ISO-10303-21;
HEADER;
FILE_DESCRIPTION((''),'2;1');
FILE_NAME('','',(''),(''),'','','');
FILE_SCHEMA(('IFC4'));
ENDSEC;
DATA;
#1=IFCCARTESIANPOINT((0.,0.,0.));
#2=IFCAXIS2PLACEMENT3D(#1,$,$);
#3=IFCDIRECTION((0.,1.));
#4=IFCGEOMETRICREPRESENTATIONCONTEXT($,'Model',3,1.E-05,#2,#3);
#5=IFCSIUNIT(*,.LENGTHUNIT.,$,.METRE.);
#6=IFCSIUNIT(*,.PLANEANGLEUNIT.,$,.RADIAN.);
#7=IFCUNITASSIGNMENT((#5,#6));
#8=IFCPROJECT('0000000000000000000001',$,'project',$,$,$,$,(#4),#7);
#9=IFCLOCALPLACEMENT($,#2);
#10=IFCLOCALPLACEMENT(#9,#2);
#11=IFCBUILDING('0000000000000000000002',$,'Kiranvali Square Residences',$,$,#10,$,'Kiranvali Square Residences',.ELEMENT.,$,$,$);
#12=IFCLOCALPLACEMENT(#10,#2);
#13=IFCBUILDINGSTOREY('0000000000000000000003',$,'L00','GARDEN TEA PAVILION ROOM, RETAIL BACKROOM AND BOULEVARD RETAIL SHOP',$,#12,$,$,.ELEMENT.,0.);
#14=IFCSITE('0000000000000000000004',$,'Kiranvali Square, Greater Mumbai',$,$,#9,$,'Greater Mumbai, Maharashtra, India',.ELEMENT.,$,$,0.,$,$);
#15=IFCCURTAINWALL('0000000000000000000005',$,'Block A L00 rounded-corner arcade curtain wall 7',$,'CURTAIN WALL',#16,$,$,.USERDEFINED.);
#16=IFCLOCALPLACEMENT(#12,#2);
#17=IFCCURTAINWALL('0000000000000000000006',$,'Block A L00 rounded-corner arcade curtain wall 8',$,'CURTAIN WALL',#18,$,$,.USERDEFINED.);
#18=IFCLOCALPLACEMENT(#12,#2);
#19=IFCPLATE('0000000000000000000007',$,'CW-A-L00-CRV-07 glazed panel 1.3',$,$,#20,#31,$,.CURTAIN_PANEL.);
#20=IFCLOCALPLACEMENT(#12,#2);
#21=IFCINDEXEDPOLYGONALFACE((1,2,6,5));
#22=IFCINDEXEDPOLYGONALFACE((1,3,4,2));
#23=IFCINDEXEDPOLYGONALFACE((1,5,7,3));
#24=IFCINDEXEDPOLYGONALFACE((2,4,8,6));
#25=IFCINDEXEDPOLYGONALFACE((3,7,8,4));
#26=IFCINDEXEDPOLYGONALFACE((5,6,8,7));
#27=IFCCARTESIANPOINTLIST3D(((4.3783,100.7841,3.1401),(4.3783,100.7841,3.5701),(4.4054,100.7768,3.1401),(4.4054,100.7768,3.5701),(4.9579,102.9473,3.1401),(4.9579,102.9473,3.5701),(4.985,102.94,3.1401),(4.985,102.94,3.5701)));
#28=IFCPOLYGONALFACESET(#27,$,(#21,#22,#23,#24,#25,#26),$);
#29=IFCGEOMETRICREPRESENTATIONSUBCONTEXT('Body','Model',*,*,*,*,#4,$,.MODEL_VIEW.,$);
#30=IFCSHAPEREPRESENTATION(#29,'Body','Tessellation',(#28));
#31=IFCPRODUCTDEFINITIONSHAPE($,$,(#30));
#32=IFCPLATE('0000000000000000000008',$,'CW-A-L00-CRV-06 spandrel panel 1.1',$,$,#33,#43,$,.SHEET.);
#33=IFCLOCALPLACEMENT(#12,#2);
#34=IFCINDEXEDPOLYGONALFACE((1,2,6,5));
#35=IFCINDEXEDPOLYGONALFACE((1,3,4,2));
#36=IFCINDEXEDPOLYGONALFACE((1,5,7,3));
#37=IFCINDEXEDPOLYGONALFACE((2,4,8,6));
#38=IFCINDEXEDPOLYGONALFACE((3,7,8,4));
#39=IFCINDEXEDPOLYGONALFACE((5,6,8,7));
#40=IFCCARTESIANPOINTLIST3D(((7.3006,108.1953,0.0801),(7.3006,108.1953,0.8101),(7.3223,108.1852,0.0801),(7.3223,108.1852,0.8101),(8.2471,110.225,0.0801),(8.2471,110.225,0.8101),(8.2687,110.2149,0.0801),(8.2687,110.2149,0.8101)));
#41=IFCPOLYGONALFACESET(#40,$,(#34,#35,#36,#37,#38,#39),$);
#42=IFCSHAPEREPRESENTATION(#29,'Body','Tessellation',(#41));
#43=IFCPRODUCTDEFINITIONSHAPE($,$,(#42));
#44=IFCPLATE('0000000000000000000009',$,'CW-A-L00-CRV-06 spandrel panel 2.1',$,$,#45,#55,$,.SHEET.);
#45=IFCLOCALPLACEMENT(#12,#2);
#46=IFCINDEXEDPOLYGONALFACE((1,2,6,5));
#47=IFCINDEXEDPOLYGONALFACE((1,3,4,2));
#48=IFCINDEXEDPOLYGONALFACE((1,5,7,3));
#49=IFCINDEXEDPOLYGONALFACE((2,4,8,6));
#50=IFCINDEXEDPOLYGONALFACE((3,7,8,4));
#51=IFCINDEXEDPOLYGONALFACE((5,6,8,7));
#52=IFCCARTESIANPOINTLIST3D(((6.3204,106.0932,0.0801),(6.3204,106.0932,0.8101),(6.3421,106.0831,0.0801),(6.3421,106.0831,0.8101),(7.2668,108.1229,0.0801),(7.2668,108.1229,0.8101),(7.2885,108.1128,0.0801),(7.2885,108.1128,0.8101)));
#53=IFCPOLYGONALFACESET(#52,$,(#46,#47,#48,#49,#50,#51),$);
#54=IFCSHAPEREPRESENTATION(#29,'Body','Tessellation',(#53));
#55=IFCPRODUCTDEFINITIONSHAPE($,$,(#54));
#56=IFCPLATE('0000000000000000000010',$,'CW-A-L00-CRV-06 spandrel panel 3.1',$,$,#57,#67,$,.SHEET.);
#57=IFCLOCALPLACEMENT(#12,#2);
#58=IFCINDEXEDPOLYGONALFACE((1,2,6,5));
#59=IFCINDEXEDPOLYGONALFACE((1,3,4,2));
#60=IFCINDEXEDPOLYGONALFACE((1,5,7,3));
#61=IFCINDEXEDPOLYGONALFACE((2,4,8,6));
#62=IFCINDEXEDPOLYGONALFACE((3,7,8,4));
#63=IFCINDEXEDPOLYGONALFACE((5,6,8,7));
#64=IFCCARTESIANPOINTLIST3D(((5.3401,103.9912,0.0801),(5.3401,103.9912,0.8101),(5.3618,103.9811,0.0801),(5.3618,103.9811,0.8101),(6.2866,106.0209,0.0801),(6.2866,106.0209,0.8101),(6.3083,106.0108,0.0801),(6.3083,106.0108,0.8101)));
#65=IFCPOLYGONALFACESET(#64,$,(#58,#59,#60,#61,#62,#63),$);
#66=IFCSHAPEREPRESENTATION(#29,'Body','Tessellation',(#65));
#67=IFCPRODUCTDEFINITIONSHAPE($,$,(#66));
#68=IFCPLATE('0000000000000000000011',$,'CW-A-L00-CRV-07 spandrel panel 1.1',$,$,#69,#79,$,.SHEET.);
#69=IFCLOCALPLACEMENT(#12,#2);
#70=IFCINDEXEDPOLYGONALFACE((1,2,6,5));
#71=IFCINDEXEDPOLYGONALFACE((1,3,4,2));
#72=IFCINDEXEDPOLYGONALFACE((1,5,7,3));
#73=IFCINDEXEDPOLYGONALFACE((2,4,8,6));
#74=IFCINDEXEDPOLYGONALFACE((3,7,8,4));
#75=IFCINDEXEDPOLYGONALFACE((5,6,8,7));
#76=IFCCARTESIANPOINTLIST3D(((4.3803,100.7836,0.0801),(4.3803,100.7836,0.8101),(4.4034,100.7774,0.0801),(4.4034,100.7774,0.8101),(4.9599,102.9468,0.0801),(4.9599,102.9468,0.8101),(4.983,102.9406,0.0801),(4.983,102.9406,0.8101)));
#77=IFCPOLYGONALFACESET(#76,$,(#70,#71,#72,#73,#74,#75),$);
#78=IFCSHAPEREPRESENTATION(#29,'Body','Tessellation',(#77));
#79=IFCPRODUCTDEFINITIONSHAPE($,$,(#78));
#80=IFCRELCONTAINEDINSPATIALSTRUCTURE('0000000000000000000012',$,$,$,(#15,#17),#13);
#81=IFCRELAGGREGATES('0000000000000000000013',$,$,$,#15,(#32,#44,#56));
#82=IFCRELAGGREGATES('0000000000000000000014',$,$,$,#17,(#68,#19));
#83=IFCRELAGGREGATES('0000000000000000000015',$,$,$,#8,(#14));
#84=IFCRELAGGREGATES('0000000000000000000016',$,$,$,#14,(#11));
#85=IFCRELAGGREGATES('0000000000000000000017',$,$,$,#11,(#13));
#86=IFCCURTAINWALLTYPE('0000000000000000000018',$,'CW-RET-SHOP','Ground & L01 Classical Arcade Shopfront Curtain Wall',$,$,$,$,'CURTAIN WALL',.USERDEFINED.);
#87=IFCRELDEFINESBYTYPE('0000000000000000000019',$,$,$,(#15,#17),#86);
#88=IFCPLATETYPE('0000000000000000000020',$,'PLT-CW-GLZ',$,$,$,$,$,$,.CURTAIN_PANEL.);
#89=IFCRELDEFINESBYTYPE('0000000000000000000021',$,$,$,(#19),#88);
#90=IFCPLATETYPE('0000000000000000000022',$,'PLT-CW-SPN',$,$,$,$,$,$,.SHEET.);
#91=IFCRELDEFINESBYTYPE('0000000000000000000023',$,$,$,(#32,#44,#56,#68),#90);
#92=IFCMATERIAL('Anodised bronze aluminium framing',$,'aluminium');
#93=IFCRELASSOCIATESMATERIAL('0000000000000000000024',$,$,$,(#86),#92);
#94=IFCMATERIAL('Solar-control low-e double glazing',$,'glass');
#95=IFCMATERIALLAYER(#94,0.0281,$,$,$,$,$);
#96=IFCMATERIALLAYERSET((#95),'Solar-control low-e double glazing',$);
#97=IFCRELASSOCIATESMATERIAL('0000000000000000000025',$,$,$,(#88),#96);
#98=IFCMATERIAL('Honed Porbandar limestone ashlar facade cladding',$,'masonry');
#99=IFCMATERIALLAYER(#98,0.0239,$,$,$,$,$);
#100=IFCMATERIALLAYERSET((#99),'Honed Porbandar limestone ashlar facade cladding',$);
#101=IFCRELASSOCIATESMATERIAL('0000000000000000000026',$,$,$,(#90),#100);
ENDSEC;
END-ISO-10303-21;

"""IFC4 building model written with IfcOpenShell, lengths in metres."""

from ifc_helpers import new_model, si_unit, direction, frame, origin, origin_2d, place, context, subcontext, project, spatial, rectangle, extrude, material, layer, layer_set, type_object, element, aggregate, save


model = new_model("IFC4")

# Units and contexts
model_context = context("Model", 3, precision=1e-05, world=origin(), true_north=direction((0.0, 1.0)))
body_context = subcontext(model_context, "Body", "Model", "MODEL_VIEW")
ifc_project = project(units=[si_unit("LENGTHUNIT", "METRE"), si_unit("PLANEANGLEUNIT", "RADIAN")], contexts=[model_context])

# Site, building, storey
site_placement = place(None, origin())
site = spatial("IfcSite", under=ifc_project, at=site_placement, Name="Kiranvali Square, Greater Mumbai", LongName="Greater Mumbai, Maharashtra, India", CompositionType="ELEMENT", RefElevation=0.0)
building_placement = place(site_placement, origin())
building = spatial("IfcBuilding", under=site, at=building_placement, Name="Kiranvali Square Residences", LongName="Kiranvali Square Residences", CompositionType="ELEMENT")
storey_placement = place(building_placement, origin())
storey = spatial("IfcBuildingStorey", under=building, at=storey_placement, Name="L00", Description="GARDEN TEA PAVILION ROOM, RETAIL BACKROOM AND BOULEVARD RETAIL SHOP", CompositionType="ELEMENT", Elevation=0.0)

# Curtain wall
ifc_material_1 = material(Name="Anodised bronze aluminium framing", Category="aluminium")
curtain_wall_type = type_object("IfcCurtainWallType", Name="CW-RET-SHOP", Description="Ground & L01 Classical Arcade Shopfront Curtain Wall", ElementType="CURTAIN WALL", PredefinedType="USERDEFINED", material=ifc_material_1)
curtain_wall_1_placement = place(storey_placement, origin())
curtain_wall_1 = element("IfcCurtainWall", 1, at=curtain_wall_1_placement, inside=storey, type_object=curtain_wall_type, Name="Block A L00 rounded-corner arcade curtain wall 7", ObjectType="CURTAIN WALL", PredefinedType="USERDEFINED")

# Curtain wall
curtain_wall_2_placement = place(storey_placement, origin())
curtain_wall_2 = element("IfcCurtainWall", 2, at=curtain_wall_2_placement, inside=storey, type_object=curtain_wall_type, Name="Block A L00 rounded-corner arcade curtain wall 8", ObjectType="CURTAIN WALL", PredefinedType="USERDEFINED")

# Plates
ifc_material_2 = material(Name="Solar-control low-e double glazing", Category="glass")
ifc_layer_1 = layer(ifc_material_2, 0.0281)
ifc_layer_set_1 = layer_set([ifc_layer_1], Name="Solar-control low-e double glazing")
plate_type_1 = type_object("IfcPlateType", Name="PLT-CW-GLZ", PredefinedType="CURTAIN_PANEL", material=ifc_layer_set_1)
plate_1_placement = place(storey_placement, frame((4.6816, 101.8621, 3.1401), z_axis=(0.0, 0.0, 1.0), x_axis=(-0.258819, -0.965926, 0.0)))
plate_1 = element("IfcPlate", 3, at=plate_1_placement, type_object=plate_type_1, Name="CW-A-L00-CRV-07 glazed panel 1.3", PredefinedType="CURTAIN_PANEL", context=body_context, shape_type="SweptSolid", body=[
    extrude(rectangle(XDim=2.2395, YDim=0.0281, at=origin_2d()), origin(), (0.0, 0.0, 1.0), 0.4299),
])
ifc_material_3 = material(Name="Honed Porbandar limestone ashlar facade cladding", Category="masonry")
ifc_layer_2 = layer(ifc_material_3, 0.0239)
ifc_layer_set_2 = layer_set([ifc_layer_2], Name="Honed Porbandar limestone ashlar facade cladding")
plate_type_2 = type_object("IfcPlateType", Name="PLT-CW-SPN", PredefinedType="SHEET", material=ifc_layer_set_2)
plate_2_placement = place(storey_placement, frame((7.7847, 109.2051, 0.0801), z_axis=(0.0, 0.0, 1.0), x_axis=(-0.422618, -0.906308, 0.0)))
plate_2 = element("IfcPlate", 4, at=plate_2_placement, type_object=plate_type_2, Name="CW-A-L00-CRV-06 spandrel panel 1.1", PredefinedType="SHEET", context=body_context, shape_type="SweptSolid", body=[
    extrude(rectangle(XDim=2.2395, YDim=0.0239, at=origin_2d()), origin(), (0.0, 0.0, 1.0), 0.73),
])
plate_3_placement = place(storey_placement, frame((6.8044, 107.103, 0.0801), z_axis=(0.0, 0.0, 1.0), x_axis=(-0.422618, -0.906308, 0.0)))
plate_3 = element("IfcPlate", 5, at=plate_3_placement, type_object=plate_type_2, Name="CW-A-L00-CRV-06 spandrel panel 2.1", PredefinedType="SHEET", context=body_context, shape_type="SweptSolid", body=[
    extrude(rectangle(XDim=2.2395, YDim=0.0239, at=origin_2d()), origin(), (0.0, 0.0, 1.0), 0.73),
])
plate_4_placement = place(storey_placement, frame((5.8242, 105.001, 0.0801), z_axis=(0.0, 0.0, 1.0), x_axis=(-0.422618, -0.906308, 0.0)))
plate_4 = element("IfcPlate", 6, at=plate_4_placement, type_object=plate_type_2, Name="CW-A-L00-CRV-06 spandrel panel 3.1", PredefinedType="SHEET", context=body_context, shape_type="SweptSolid", body=[
    extrude(rectangle(XDim=2.2395, YDim=0.0239, at=origin_2d()), origin(), (0.0, 0.0, 1.0), 0.73),
])
aggregate(curtain_wall_1, [plate_2, plate_3, plate_4])
plate_5_placement = place(storey_placement, frame((4.6816, 101.8621, 0.0801), z_axis=(0.0, 0.0, 1.0), x_axis=(-0.258819, -0.965926, 0.0)))
plate_5 = element("IfcPlate", 7, at=plate_5_placement, type_object=plate_type_2, Name="CW-A-L00-CRV-07 spandrel panel 1.1", PredefinedType="SHEET", context=body_context, shape_type="SweptSolid", body=[
    extrude(rectangle(XDim=2.2395, YDim=0.0239, at=origin_2d()), origin(), (0.0, 0.0, 1.0), 0.73),
])
aggregate(curtain_wall_2, [plate_5, plate_1])

save(model, "model.ifc")
